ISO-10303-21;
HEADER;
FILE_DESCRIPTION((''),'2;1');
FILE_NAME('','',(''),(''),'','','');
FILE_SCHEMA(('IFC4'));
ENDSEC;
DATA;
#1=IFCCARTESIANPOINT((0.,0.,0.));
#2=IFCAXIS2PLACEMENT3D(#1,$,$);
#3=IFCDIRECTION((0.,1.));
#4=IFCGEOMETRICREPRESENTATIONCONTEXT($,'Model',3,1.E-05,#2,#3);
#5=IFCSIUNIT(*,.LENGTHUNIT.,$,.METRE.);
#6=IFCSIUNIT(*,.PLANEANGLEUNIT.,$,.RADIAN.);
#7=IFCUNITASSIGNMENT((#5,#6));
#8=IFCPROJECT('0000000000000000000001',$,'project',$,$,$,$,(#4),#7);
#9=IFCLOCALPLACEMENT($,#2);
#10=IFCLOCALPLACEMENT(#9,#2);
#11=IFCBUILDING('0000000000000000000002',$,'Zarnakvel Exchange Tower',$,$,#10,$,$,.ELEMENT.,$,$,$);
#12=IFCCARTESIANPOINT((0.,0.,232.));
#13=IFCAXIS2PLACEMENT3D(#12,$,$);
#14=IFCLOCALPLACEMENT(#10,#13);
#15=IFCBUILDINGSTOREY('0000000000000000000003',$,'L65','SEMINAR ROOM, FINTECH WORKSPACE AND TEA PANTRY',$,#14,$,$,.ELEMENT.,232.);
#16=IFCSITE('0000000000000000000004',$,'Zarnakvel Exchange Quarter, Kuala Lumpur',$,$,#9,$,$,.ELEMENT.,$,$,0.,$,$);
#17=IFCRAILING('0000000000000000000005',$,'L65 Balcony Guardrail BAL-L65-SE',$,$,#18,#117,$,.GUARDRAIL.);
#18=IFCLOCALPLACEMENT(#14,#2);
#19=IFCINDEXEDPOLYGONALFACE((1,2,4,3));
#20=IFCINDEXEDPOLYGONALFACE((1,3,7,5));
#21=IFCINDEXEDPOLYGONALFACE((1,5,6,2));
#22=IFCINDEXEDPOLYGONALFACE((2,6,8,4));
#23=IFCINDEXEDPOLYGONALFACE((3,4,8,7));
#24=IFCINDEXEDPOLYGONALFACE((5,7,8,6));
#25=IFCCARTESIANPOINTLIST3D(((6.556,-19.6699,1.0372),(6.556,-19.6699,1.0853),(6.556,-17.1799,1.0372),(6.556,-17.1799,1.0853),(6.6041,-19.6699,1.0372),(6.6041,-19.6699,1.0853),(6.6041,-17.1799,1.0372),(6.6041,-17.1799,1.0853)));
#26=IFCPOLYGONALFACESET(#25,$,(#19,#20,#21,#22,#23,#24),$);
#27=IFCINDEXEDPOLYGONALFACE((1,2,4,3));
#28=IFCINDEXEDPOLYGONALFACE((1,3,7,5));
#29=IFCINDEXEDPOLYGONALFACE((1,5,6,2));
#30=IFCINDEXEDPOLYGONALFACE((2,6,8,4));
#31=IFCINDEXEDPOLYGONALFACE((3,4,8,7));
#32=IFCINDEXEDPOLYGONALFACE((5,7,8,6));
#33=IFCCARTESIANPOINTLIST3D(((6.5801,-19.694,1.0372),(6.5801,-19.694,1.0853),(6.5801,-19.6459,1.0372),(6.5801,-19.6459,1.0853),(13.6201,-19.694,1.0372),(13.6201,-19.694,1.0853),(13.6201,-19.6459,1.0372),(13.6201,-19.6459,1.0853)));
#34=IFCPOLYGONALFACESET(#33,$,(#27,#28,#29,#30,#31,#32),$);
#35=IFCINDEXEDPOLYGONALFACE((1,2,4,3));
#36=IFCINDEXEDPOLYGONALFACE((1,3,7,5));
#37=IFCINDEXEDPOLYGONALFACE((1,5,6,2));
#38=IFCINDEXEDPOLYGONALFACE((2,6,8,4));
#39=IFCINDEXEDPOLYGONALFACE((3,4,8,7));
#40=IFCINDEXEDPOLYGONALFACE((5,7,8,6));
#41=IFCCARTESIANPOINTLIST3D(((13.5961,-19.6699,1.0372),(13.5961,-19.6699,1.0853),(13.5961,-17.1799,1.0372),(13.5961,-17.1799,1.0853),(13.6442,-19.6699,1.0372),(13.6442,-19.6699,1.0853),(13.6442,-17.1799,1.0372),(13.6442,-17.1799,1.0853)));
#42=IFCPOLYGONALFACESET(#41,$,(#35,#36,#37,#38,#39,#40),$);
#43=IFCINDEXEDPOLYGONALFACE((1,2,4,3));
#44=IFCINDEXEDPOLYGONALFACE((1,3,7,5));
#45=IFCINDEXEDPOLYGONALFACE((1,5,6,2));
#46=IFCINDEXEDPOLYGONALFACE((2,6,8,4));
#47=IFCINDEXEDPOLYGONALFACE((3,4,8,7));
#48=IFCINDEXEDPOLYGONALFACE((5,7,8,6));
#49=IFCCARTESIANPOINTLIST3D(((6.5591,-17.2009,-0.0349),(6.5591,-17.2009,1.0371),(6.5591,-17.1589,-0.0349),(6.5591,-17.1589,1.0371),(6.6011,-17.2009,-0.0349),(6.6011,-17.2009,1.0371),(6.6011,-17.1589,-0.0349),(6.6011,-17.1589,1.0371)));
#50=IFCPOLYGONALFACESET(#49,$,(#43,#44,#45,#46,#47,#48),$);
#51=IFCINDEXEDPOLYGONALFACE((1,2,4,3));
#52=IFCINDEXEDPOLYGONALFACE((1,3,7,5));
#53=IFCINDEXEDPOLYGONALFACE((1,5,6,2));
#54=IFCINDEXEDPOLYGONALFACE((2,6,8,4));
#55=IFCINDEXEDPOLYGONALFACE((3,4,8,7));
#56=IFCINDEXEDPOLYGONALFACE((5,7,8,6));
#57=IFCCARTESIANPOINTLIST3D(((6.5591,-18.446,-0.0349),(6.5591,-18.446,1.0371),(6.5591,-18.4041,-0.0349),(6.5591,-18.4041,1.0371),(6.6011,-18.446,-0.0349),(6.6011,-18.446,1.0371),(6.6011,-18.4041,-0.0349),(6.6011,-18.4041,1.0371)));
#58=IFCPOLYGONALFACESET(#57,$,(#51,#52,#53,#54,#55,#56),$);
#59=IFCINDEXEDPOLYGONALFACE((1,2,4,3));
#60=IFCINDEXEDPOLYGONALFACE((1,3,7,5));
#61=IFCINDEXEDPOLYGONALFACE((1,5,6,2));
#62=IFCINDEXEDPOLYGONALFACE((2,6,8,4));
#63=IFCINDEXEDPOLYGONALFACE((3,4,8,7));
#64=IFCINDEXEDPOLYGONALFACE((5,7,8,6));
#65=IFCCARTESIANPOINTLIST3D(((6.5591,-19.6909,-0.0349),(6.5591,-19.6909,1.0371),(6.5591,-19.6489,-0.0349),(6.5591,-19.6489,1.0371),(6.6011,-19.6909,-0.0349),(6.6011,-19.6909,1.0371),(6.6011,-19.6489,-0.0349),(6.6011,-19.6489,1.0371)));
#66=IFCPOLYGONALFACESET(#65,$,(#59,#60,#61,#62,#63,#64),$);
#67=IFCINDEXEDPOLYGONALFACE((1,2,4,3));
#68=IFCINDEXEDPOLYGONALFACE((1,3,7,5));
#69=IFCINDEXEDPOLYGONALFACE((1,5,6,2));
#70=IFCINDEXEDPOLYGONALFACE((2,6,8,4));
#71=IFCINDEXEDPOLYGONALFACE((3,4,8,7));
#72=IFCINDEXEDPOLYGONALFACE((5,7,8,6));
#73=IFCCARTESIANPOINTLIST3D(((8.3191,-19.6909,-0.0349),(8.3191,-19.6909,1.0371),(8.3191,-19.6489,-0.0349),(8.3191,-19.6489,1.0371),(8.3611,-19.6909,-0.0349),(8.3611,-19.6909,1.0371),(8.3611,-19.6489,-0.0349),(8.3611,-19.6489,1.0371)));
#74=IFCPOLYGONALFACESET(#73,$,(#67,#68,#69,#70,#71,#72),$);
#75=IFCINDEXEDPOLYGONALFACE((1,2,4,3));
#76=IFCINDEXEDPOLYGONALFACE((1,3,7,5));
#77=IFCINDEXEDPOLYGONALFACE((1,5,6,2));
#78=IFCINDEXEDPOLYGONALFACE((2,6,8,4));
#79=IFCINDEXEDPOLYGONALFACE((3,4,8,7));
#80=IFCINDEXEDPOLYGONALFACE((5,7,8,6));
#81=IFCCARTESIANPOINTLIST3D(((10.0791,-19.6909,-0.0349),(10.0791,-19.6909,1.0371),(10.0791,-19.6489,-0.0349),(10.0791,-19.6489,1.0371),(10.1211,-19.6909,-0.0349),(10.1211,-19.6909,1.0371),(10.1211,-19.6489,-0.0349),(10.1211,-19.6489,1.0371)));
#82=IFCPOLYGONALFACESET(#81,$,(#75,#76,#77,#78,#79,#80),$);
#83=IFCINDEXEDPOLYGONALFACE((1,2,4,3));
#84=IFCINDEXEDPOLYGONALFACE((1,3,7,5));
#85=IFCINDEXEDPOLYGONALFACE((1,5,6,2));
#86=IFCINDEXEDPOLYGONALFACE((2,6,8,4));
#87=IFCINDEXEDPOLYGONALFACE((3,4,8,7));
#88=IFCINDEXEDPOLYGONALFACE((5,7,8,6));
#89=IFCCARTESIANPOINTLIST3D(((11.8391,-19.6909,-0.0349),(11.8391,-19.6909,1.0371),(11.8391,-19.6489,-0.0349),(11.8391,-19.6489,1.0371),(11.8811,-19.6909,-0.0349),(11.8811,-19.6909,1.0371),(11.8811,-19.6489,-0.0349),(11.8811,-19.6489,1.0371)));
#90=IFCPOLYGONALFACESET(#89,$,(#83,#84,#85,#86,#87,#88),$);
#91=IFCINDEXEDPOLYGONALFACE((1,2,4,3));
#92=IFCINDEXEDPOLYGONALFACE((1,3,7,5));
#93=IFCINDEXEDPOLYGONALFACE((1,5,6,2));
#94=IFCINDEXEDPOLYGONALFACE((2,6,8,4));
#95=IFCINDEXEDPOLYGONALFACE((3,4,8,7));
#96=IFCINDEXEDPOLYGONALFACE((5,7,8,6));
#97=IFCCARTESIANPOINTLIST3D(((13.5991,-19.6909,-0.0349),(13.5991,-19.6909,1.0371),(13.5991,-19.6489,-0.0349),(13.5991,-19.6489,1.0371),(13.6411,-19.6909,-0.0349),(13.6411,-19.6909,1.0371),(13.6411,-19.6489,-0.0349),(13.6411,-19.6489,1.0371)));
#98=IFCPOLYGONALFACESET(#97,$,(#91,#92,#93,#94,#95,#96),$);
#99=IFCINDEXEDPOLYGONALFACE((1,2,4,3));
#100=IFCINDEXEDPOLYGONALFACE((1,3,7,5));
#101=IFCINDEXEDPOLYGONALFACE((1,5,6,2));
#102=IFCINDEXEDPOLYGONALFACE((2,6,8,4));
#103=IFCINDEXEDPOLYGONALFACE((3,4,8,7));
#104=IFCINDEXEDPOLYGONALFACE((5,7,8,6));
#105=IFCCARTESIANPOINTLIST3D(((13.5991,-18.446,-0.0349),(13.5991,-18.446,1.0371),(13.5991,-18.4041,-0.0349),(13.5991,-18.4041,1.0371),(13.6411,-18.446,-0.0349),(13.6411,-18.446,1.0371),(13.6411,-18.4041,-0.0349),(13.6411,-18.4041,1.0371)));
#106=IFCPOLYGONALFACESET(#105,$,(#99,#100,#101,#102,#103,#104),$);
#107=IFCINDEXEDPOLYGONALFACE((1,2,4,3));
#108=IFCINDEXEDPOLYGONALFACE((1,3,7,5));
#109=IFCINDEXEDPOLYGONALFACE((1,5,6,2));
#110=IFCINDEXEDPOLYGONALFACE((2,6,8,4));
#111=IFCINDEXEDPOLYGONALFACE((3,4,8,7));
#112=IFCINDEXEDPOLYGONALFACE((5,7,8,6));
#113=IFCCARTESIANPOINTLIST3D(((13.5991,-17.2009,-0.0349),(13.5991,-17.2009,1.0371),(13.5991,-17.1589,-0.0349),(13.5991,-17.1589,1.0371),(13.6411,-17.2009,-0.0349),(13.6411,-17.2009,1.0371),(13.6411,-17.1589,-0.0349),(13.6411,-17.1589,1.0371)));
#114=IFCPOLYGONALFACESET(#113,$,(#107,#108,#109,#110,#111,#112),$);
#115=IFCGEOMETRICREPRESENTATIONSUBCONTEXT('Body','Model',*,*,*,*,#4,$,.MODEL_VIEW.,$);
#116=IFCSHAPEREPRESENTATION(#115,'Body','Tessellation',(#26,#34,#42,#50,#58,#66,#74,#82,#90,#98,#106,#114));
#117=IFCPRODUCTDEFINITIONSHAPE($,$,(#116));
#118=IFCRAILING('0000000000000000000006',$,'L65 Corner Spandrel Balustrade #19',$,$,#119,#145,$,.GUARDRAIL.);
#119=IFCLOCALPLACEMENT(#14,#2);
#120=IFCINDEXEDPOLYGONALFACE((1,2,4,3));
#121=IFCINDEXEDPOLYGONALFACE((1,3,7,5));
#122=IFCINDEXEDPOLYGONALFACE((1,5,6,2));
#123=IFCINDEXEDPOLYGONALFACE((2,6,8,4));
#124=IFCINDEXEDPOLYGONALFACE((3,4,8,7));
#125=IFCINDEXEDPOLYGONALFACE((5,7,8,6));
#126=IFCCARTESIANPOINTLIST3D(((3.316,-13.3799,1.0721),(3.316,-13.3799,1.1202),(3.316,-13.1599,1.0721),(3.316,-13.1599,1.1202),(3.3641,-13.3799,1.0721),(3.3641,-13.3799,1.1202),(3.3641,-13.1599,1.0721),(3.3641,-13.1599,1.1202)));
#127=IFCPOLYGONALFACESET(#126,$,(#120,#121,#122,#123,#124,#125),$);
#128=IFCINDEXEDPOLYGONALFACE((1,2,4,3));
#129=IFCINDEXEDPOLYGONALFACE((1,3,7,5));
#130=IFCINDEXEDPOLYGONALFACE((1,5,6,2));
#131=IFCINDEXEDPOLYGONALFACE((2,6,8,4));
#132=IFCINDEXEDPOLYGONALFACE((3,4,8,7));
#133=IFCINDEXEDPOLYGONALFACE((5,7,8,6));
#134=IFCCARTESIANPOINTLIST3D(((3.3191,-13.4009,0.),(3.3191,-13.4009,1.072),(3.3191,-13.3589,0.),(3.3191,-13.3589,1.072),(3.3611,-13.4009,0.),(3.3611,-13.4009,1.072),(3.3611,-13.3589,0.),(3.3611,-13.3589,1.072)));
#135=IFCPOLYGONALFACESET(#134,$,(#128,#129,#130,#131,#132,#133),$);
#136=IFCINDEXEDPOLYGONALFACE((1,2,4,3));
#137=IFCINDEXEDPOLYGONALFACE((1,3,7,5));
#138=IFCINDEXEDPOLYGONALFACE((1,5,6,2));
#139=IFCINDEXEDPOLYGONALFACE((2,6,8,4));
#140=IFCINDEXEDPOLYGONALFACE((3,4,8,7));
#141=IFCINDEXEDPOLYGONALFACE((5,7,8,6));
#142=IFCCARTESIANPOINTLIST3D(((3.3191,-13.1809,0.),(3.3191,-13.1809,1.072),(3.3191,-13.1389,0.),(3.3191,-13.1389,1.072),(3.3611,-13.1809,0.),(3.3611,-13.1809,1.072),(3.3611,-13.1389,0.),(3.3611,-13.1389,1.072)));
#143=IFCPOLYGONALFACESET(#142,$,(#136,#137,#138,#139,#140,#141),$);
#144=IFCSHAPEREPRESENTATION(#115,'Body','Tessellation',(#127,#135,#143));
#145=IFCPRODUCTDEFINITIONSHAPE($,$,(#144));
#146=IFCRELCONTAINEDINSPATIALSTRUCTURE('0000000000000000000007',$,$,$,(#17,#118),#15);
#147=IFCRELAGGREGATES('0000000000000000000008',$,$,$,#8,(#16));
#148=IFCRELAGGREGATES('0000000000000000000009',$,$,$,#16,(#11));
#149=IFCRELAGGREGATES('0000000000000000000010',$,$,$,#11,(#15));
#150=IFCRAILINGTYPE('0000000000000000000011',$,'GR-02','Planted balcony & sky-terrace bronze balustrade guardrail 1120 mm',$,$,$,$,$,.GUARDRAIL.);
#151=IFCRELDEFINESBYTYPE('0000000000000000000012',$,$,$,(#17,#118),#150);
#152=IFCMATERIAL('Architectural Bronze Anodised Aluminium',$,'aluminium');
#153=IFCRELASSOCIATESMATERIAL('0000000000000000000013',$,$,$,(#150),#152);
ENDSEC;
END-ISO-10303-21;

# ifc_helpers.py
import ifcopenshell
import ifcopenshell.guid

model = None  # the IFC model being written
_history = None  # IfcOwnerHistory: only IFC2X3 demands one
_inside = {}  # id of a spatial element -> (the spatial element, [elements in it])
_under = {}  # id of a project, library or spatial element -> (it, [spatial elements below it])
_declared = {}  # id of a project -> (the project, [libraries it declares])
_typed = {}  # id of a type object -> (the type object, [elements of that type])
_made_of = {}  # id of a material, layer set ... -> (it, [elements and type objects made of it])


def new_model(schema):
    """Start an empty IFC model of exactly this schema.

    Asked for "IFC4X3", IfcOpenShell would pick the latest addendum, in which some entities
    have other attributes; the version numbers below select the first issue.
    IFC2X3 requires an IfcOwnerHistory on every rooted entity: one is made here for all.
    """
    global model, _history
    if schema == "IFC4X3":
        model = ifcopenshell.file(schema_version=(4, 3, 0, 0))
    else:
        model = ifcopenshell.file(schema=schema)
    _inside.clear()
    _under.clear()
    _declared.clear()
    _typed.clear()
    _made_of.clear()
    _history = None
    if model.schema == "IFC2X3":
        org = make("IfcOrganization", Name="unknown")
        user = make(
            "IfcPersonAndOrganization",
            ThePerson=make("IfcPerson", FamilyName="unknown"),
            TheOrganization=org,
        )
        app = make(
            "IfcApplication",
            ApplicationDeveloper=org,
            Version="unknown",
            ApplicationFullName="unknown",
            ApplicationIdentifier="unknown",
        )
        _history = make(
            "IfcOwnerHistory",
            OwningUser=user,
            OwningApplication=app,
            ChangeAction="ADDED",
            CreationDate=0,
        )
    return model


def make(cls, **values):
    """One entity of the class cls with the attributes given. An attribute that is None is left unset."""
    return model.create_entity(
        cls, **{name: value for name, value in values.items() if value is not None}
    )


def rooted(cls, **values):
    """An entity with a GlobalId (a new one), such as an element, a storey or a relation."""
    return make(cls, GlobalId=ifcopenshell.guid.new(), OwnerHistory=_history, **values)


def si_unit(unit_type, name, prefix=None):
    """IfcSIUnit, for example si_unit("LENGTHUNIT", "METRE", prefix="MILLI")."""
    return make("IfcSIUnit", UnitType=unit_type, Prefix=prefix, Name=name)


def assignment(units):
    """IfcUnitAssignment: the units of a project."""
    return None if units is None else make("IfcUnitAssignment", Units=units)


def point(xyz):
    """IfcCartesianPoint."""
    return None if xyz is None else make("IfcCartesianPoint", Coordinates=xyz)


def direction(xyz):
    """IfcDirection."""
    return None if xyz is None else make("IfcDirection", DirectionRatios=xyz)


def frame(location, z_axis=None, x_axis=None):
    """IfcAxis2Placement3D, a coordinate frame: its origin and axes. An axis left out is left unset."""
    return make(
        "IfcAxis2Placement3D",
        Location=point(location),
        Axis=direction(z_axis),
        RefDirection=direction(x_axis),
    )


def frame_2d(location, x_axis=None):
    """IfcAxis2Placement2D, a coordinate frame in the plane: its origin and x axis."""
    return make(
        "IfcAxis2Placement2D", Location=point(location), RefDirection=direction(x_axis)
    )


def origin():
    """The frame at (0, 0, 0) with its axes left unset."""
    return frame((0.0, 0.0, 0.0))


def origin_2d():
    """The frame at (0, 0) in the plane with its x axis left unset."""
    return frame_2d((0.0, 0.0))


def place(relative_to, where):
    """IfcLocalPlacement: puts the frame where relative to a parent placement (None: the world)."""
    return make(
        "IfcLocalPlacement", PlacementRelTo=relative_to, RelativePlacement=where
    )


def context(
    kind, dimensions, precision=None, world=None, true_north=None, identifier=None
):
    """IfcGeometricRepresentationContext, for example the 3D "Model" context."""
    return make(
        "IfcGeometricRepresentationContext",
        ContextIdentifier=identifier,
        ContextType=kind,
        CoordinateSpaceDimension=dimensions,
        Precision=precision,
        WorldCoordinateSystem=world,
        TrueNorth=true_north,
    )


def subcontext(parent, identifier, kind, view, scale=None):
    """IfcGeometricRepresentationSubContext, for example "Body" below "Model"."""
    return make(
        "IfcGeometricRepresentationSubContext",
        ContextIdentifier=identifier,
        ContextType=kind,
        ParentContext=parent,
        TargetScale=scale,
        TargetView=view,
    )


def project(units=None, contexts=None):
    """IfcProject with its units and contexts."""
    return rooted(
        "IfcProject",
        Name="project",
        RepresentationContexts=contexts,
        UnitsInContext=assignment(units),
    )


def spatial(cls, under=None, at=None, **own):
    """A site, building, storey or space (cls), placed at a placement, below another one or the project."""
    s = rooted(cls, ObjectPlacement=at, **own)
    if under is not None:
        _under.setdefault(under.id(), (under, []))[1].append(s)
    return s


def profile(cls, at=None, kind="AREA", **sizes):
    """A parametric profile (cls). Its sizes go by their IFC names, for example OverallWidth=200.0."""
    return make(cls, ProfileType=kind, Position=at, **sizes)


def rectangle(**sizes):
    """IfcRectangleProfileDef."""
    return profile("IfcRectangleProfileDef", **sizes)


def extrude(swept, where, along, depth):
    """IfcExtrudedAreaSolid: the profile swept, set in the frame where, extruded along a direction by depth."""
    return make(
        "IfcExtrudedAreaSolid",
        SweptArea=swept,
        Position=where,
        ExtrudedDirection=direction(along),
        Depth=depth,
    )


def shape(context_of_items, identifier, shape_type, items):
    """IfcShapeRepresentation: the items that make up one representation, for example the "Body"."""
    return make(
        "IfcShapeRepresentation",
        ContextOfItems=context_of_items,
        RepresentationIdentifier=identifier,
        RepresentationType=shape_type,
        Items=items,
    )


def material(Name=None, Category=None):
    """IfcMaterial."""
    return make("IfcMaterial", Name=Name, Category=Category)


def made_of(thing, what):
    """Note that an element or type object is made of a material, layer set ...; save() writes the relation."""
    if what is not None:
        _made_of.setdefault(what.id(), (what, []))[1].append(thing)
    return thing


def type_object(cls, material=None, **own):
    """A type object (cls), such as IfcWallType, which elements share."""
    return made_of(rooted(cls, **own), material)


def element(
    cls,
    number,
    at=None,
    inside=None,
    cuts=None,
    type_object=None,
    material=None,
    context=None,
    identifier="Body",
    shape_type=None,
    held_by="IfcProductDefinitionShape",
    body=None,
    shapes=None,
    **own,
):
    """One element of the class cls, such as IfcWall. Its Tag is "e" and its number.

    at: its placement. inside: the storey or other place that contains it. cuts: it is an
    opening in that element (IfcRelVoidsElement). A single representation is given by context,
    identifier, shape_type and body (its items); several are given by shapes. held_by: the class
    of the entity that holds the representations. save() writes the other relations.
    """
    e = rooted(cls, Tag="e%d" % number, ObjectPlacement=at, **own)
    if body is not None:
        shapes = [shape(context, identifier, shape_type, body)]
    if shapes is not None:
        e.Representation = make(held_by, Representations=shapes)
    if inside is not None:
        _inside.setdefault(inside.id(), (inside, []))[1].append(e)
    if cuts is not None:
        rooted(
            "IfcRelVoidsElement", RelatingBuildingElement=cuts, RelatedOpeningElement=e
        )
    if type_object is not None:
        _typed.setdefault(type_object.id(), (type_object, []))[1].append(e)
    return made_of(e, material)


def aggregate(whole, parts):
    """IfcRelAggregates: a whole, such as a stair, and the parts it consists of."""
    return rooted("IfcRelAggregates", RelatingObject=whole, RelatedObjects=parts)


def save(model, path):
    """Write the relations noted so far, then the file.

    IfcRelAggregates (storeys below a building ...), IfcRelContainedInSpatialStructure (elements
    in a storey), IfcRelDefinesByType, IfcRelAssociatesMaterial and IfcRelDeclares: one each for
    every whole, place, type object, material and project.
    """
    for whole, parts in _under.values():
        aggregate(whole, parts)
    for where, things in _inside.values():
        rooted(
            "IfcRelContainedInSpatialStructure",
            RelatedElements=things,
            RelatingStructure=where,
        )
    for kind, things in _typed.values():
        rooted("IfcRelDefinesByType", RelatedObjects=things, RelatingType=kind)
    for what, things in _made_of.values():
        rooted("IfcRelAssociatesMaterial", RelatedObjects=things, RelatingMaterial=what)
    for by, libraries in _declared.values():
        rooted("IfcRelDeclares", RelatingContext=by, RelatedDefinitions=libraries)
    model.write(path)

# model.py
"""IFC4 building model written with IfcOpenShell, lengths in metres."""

from ifc_helpers import new_model, si_unit, direction, frame, origin, origin_2d, place, context, subcontext, project, spatial, rectangle, extrude, material, type_object, element, save


model = new_model("IFC4")

# Units and contexts
model_context = context("Model", 3, precision=1e-05, world=origin(), true_north=direction((0.0, 1.0)))
body_context = subcontext(model_context, "Body", "Model", "MODEL_VIEW")
ifc_project = project(units=[si_unit("LENGTHUNIT", "METRE"), si_unit("PLANEANGLEUNIT", "RADIAN")], contexts=[model_context])

# Site, building, storey
site_placement = place(None, origin())
site = spatial("IfcSite", under=ifc_project, at=site_placement, Name="Zarnakvel Exchange Quarter, Kuala Lumpur", CompositionType="ELEMENT", RefElevation=0.0)
building_placement = place(site_placement, origin())
building = spatial("IfcBuilding", under=site, at=building_placement, Name="Zarnakvel Exchange Tower", CompositionType="ELEMENT")
storey_placement = place(building_placement, frame((0.0, 0.0, 232.0)))
storey = spatial("IfcBuildingStorey", under=building, at=storey_placement, Name="L65", Description="SEMINAR ROOM, FINTECH WORKSPACE AND TEA PANTRY", CompositionType="ELEMENT", Elevation=232.0)

# Shared definitions
ifc_material_1 = material(Name="Architectural Bronze Anodised Aluminium", Category="aluminium")

# Railings
railing_type = type_object("IfcRailingType", Name="GR-02", Description="Planted balcony & sky-terrace bronze balustrade guardrail 1120 mm", PredefinedType="GUARDRAIL", material=ifc_material_1)
railing_1_placement = place(storey_placement, frame((6.5801, -17.1799, -0.0349)))
element("IfcRailing", 1, at=railing_1_placement, inside=storey, type_object=railing_type, Name="L65 Balcony Guardrail BAL-L65-SE", PredefinedType="GUARDRAIL", context=body_context, shape_type="SweptSolid", body=[
    extrude(rectangle(XDim=0.0481, YDim=0.0481, at=origin_2d()), frame((0.0, 0.0, 1.0962), z_axis=(0.0, -1.0, 0.0), x_axis=(1.0, 0.0, 0.0)), (0.0, 0.0, 1.0), 2.49),
    extrude(rectangle(XDim=0.0481, YDim=0.0481, at=origin_2d()), frame((0.0, -2.49, 1.0962), z_axis=(1.0, 0.0, 0.0), x_axis=(0.0, 1.0, 0.0)), (0.0, 0.0, 1.0), 7.04),
    extrude(rectangle(XDim=0.0481, YDim=0.0481, at=origin_2d()), frame((7.04, -2.49, 1.0962), z_axis=(0.0, 1.0, 0.0), x_axis=(-1.0, 0.0, 0.0)), (0.0, 0.0, 1.0), 2.49),
    extrude(rectangle(XDim=0.042, YDim=0.042, at=origin_2d()), origin(), (0.0, 0.0, 1.0), 1.072),
    extrude(rectangle(XDim=0.042, YDim=0.042, at=origin_2d()), frame((0.0, -1.2451, 0.0)), (0.0, 0.0, 1.0), 1.072),
    extrude(rectangle(XDim=0.042, YDim=0.042, at=origin_2d()), frame((0.0, -2.49, 0.0)), (0.0, 0.0, 1.0), 1.072),
    extrude(rectangle(XDim=0.042, YDim=0.042, at=origin_2d()), frame((1.76, -2.49, 0.0)), (0.0, 0.0, 1.0), 1.072),
    extrude(rectangle(XDim=0.042, YDim=0.042, at=origin_2d()), frame((3.52, -2.49, 0.0)), (0.0, 0.0, 1.0), 1.072),
    extrude(rectangle(XDim=0.042, YDim=0.042, at=origin_2d()), frame((5.28, -2.49, 0.0)), (0.0, 0.0, 1.0), 1.072),
    extrude(rectangle(XDim=0.042, YDim=0.042, at=origin_2d()), frame((7.04, -2.49, 0.0)), (0.0, 0.0, 1.0), 1.072),
    extrude(rectangle(XDim=0.042, YDim=0.042, at=origin_2d()), frame((7.04, -1.2451, 0.0)), (0.0, 0.0, 1.0), 1.072),
    extrude(rectangle(XDim=0.042, YDim=0.042, at=origin_2d()), frame((7.04, 0.0, 0.0)), (0.0, 0.0, 1.0), 1.072),
])
railing_2_placement = place(storey_placement, frame((3.3401, -13.3799, 0.0)))
element("IfcRailing", 2, at=railing_2_placement, inside=storey, type_object=railing_type, Name="L65 Corner Spandrel Balustrade #19", PredefinedType="GUARDRAIL", context=body_context, shape_type="SweptSolid", body=[
    extrude(rectangle(XDim=0.0481, YDim=0.0481, at=origin_2d()), frame((0.0, 0.0, 1.0962), z_axis=(0.0, 1.0, 0.0), x_axis=(-1.0, 0.0, 0.0)), (0.0, 0.0, 1.0), 0.22),
    extrude(rectangle(XDim=0.042, YDim=0.042, at=origin_2d()), origin(), (0.0, 0.0, 1.0), 1.072),
    extrude(rectangle(XDim=0.042, YDim=0.042, at=origin_2d()), frame((0.0, 0.22, 0.0)), (0.0, 0.0, 1.0), 1.072),
])

save(model, "model.ifc")
